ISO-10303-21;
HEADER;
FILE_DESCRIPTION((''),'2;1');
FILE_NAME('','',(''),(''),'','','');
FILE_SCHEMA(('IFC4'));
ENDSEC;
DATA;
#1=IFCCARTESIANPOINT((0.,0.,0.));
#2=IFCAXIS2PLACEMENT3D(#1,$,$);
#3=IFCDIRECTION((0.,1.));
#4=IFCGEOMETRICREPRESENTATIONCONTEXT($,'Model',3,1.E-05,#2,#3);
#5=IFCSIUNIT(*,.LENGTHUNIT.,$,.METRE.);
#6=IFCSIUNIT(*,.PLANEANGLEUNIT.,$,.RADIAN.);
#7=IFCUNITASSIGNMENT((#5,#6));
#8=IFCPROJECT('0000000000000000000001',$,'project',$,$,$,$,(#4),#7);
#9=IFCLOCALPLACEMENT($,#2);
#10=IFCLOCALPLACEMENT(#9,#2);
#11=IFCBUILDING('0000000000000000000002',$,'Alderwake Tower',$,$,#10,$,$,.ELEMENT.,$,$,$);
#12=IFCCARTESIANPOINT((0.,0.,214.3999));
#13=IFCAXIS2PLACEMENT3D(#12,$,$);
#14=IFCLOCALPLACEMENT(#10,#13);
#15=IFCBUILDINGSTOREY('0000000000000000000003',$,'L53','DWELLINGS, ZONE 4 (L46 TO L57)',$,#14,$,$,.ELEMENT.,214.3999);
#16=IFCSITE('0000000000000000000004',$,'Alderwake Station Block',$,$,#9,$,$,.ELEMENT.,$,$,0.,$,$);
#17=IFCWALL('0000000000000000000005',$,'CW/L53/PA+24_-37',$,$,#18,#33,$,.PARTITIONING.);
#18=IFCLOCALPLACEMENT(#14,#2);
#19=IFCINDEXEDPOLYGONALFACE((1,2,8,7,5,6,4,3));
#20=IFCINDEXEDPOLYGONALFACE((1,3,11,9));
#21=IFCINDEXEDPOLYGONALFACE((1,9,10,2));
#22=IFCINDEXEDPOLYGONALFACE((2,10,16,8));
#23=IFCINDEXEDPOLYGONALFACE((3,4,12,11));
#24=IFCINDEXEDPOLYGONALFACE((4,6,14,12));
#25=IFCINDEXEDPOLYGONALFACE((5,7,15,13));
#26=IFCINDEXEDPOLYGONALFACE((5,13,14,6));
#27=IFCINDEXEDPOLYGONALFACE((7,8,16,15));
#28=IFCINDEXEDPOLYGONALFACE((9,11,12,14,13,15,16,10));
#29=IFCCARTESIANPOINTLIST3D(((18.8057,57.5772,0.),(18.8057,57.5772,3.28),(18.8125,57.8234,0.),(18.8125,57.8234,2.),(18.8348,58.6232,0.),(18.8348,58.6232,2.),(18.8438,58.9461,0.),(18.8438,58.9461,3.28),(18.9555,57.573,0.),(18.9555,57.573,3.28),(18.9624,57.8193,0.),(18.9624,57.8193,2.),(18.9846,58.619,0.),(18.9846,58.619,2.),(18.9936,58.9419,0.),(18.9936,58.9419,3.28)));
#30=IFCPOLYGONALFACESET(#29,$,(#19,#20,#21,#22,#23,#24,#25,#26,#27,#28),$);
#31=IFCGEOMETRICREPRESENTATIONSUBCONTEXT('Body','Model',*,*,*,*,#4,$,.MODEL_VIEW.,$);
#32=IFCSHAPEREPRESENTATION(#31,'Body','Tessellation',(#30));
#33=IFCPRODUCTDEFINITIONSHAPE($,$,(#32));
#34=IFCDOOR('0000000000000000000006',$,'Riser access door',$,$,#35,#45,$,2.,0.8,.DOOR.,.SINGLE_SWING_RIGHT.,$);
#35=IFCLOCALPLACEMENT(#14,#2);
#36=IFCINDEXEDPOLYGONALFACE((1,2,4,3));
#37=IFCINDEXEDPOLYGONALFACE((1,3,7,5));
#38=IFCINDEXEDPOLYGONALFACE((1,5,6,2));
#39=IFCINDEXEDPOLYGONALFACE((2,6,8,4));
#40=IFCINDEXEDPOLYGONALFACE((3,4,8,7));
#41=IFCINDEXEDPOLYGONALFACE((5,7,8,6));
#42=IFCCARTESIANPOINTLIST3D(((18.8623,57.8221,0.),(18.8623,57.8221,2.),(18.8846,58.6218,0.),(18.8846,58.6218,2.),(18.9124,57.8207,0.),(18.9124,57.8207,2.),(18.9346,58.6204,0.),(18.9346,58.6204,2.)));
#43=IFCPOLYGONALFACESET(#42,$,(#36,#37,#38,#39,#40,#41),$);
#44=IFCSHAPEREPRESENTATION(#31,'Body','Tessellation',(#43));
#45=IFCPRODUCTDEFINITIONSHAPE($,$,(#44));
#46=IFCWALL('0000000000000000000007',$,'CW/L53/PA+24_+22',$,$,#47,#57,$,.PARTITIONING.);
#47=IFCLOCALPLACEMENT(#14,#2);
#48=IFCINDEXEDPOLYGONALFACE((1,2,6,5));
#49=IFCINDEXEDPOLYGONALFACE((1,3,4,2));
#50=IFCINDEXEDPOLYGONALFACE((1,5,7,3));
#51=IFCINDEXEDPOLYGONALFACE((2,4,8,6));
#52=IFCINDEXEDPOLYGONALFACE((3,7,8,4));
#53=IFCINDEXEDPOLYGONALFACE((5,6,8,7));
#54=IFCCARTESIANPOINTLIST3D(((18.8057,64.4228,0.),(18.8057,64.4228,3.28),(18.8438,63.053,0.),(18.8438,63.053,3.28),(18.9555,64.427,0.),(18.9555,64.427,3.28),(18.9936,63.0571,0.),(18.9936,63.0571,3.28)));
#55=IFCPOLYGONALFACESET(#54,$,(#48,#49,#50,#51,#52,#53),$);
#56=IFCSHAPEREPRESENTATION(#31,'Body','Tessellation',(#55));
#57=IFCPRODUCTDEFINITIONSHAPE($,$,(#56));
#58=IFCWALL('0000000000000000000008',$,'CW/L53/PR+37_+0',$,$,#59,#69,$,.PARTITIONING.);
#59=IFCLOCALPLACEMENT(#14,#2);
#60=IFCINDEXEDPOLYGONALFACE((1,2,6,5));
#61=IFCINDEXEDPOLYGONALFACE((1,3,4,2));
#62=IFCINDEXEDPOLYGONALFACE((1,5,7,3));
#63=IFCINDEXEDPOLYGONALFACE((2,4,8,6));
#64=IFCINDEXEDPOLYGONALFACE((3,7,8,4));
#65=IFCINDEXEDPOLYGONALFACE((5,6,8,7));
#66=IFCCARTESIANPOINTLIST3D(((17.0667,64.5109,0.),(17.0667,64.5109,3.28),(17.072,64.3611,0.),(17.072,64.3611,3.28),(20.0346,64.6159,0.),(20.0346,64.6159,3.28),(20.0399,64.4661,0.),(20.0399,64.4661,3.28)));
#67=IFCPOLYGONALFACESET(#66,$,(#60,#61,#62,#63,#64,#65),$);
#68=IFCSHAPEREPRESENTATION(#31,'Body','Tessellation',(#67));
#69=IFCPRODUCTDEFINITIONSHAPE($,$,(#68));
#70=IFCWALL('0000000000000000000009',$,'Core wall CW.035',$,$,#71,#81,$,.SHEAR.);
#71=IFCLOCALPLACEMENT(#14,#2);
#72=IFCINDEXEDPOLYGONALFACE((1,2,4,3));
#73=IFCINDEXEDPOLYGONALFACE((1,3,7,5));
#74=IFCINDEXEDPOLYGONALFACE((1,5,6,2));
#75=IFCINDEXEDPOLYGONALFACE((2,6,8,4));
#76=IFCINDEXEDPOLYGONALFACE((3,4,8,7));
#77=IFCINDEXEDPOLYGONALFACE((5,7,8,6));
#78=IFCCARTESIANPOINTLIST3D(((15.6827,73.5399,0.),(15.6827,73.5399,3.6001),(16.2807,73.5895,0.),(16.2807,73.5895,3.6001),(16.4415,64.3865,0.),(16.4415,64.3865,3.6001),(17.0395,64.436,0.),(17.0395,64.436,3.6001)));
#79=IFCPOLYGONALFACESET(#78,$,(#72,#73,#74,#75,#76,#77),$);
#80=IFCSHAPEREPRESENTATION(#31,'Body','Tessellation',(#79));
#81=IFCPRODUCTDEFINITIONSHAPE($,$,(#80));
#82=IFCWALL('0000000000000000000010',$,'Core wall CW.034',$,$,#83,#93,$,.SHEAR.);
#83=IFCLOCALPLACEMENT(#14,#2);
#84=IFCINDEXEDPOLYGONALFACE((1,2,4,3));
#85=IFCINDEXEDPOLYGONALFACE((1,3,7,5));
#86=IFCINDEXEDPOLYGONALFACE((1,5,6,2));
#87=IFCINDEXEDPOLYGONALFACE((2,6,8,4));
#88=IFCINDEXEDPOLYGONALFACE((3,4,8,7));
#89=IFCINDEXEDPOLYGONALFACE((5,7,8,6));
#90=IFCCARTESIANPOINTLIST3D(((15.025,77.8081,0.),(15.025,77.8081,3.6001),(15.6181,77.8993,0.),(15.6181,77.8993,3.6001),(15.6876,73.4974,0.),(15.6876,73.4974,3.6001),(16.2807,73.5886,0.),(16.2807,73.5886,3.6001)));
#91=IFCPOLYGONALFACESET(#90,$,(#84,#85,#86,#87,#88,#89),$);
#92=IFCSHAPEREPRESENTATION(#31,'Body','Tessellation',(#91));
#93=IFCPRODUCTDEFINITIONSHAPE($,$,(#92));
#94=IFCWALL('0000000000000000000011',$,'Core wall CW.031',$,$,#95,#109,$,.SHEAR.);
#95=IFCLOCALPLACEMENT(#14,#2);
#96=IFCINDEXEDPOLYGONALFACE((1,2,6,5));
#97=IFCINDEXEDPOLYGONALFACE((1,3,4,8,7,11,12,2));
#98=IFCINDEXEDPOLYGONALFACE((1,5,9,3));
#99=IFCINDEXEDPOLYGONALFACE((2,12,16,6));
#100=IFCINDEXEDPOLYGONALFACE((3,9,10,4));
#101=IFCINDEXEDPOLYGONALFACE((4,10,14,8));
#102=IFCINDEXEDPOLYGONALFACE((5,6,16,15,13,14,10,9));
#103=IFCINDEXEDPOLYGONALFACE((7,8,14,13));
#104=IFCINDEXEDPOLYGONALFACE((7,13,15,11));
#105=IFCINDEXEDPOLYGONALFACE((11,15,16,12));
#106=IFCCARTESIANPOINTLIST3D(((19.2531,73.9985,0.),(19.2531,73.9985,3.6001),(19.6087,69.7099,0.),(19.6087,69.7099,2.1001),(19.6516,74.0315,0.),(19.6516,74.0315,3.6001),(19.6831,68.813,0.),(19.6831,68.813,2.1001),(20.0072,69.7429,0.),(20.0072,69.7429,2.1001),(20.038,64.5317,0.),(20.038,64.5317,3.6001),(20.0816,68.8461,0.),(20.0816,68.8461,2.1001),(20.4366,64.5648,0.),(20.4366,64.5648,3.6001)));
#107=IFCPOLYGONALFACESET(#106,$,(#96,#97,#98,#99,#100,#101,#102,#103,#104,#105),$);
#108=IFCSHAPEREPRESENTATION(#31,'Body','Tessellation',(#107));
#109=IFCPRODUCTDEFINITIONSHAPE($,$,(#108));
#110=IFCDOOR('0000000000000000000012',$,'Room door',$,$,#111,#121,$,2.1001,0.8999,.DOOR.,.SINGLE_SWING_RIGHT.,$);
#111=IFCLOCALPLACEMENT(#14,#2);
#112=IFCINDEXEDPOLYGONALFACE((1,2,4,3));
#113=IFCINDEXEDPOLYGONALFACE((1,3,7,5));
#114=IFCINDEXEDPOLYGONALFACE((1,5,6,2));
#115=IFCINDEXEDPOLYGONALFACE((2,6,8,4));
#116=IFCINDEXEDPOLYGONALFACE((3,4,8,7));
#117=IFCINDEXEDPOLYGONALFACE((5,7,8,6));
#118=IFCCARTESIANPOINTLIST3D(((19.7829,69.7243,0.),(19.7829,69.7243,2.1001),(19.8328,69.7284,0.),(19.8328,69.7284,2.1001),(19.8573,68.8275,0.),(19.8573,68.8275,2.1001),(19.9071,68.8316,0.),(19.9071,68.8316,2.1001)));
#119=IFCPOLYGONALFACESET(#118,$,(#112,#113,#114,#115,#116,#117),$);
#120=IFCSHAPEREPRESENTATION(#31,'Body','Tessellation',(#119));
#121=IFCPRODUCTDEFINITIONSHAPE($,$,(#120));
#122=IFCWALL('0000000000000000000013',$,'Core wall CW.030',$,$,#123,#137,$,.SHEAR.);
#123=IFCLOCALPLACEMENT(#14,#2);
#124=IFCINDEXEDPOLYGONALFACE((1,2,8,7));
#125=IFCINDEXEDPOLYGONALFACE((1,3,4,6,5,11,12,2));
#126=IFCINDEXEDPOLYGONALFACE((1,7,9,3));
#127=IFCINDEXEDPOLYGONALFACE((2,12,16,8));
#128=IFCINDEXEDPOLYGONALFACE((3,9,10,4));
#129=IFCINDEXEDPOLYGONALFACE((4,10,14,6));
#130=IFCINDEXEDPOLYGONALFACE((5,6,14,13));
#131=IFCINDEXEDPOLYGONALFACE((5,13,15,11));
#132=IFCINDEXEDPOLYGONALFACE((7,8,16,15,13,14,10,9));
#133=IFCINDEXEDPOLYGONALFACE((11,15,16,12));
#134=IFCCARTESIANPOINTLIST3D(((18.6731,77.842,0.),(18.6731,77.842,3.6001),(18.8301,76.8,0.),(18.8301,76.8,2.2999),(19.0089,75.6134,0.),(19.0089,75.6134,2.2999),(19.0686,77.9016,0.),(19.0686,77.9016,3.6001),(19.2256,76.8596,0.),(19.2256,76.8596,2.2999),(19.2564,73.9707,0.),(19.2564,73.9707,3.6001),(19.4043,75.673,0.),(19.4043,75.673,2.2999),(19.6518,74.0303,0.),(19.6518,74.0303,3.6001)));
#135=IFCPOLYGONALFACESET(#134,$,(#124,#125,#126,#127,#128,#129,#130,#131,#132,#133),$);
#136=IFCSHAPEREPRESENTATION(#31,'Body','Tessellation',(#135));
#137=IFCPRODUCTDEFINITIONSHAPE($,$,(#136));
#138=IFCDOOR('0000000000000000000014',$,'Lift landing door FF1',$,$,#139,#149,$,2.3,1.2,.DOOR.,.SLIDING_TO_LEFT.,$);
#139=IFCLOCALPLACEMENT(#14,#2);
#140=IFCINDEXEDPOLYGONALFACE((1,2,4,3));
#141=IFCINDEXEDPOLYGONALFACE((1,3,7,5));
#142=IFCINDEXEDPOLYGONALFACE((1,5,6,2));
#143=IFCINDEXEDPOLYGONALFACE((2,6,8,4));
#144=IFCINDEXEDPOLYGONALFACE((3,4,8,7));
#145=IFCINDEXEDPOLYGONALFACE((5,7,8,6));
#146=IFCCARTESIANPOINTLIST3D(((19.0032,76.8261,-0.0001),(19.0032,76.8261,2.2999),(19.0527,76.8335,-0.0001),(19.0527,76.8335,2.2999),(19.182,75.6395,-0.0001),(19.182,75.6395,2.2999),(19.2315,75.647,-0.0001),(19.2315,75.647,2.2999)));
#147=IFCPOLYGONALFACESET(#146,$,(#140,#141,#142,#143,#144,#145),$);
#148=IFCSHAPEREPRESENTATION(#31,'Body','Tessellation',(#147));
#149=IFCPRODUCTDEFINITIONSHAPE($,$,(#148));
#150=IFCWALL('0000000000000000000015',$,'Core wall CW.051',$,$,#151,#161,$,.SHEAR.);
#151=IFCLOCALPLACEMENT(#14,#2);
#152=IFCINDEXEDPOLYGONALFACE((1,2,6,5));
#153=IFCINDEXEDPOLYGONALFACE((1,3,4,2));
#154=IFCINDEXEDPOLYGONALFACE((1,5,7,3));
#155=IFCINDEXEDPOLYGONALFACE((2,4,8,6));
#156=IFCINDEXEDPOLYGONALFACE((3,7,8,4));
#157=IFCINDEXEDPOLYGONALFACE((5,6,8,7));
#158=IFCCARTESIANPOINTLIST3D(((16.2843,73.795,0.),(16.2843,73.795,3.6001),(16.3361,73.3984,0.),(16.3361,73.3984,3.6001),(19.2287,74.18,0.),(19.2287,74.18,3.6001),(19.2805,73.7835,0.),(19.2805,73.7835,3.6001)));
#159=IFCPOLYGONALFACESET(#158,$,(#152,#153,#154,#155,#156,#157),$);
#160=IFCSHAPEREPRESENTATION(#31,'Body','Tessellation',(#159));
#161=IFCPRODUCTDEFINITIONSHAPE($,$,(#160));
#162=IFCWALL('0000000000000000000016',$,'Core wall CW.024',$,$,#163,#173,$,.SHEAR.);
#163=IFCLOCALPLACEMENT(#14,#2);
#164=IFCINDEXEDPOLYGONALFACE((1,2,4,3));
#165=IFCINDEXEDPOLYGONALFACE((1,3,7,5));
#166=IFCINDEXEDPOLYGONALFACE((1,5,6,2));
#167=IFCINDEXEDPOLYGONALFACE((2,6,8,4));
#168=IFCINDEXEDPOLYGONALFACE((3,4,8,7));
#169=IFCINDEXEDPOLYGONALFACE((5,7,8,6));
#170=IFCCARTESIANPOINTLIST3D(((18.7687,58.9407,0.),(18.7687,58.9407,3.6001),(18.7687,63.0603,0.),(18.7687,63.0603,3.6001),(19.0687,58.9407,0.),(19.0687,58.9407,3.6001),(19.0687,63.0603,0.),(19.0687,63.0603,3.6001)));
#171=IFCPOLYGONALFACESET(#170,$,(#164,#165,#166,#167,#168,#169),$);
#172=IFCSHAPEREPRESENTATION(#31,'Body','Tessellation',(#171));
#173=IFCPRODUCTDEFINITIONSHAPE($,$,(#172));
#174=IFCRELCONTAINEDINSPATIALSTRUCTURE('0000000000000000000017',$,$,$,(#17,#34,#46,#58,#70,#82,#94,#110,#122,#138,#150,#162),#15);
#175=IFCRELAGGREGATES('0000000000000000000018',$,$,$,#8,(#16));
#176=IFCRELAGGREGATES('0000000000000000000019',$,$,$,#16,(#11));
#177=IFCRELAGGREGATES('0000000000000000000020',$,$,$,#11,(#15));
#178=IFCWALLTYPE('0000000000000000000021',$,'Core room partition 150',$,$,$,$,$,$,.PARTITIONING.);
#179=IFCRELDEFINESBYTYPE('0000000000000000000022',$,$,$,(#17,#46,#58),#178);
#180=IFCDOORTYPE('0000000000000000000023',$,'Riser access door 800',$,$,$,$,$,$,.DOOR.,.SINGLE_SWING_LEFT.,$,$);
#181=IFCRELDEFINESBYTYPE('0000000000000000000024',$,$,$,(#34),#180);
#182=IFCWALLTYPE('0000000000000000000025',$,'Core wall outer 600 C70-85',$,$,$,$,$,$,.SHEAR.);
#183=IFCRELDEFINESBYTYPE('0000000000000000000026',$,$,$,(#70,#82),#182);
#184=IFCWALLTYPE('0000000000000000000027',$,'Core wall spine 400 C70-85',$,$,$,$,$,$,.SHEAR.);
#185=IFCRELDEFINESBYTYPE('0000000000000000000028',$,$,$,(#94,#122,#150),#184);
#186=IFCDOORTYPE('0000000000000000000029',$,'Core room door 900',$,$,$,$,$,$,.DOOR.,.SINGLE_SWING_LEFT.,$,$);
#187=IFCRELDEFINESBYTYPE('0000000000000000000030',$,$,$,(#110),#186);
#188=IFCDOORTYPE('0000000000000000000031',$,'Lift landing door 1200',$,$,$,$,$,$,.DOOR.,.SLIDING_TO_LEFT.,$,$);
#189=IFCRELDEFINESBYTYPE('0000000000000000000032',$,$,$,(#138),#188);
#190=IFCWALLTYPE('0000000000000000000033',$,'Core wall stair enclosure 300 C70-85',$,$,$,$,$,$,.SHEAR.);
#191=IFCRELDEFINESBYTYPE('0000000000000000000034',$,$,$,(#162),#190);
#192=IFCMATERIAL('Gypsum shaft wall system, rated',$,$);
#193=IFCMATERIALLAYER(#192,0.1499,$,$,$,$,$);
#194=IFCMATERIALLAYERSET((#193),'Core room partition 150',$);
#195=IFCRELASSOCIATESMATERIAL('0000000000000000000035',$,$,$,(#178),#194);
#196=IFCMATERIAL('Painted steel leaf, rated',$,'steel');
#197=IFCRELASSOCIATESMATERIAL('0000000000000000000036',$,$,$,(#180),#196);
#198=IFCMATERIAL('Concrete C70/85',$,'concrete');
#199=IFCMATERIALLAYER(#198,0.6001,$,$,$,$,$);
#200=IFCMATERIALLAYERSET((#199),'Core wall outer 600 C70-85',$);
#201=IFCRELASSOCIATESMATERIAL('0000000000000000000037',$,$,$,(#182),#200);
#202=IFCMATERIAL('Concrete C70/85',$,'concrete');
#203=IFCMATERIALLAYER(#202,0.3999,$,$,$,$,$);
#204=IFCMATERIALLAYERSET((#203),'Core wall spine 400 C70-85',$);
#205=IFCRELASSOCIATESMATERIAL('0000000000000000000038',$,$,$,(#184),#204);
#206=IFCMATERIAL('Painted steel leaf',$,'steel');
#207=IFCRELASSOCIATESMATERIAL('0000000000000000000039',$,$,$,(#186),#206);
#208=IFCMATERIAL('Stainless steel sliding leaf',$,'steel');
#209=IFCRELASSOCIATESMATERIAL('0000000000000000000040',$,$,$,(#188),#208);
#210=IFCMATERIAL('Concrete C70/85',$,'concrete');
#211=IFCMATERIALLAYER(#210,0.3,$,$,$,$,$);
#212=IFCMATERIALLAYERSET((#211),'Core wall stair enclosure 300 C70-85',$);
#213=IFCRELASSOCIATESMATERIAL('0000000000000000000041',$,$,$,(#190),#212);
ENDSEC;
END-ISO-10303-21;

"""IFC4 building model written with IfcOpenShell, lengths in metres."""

from ifc_helpers import new_model, si_unit, direction, frame, frame_2d, origin, place, context, subcontext, project, spatial, rectangle, extrude, material, layer, layer_set, type_object, element, fill, save


model = new_model("IFC4")

# Units and contexts
model_context = context("Model", 3, precision=1e-05, world=origin(), true_north=direction((0.0, 1.0)))
body_context = subcontext(model_context, "Body", "Model", "MODEL_VIEW")
ifc_project = project(units=[si_unit("LENGTHUNIT", "METRE"), si_unit("PLANEANGLEUNIT", "RADIAN")], contexts=[model_context])

# Site, building, storey
site_placement = place(None, origin())
site = spatial("IfcSite", under=ifc_project, at=site_placement, Name="Alderwake Station Block", CompositionType="ELEMENT", RefElevation=0.0)
building_placement = place(site_placement, origin())
building = spatial("IfcBuilding", under=site, at=building_placement, Name="Alderwake Tower", CompositionType="ELEMENT")
storey_placement = place(building_placement, frame((0.0, 0.0, 214.3999)))
storey = spatial("IfcBuildingStorey", under=building, at=storey_placement, Name="L53", Description="DWELLINGS, ZONE 4 (L46 TO L57)", CompositionType="ELEMENT", Elevation=214.3999)

# Wall, opening, door
ifc_material_1 = material(Name="Gypsum shaft wall system, rated")
ifc_layer_1 = layer(ifc_material_1, 0.1499)
ifc_layer_set_1 = layer_set([ifc_layer_1], Name="Core room partition 150")
wall_type_1 = type_object("IfcWallType", Name="Core room partition 150", PredefinedType="PARTITIONING", material=ifc_layer_set_1)
wall_1_placement = place(storey_placement, frame((18.9187, 58.9438, 0.0), z_axis=(0.0, 0.0, 1.0), x_axis=(-0.027812, -0.999613, 0.0)))
wall_1 = element("IfcWall", 1, at=wall_1_placement, inside=storey, type_object=wall_type_1, Name="CW/L53/PA+24_-37", PredefinedType="PARTITIONING", context=body_context, shape_type="SweptSolid", body=[
    extrude(rectangle(XDim=1.3694, YDim=0.1499, at=frame_2d((0.6846, 0.0))), origin(), (0.0, 0.0, 1.0), 3.28),
])
opening_1_placement = place(wall_1_placement, frame((0.323, 0.0, 0.0)))
opening_1 = element("IfcOpeningElement", 2, at=opening_1_placement, cuts=wall_1, PredefinedType="OPENING", context=body_context, shape_type="SweptSolid", body=[
    extrude(rectangle(XDim=0.8, YDim=2.0, at=frame_2d((0.3999, 1.0))), frame((0.0, 0.085, 0.0), z_axis=(0.0, -1.0, 0.0), x_axis=(1.0, 0.0, 0.0)), (0.0, 0.0, 1.0), 0.1699),
])
ifc_material_2 = material(Name="Painted steel leaf, rated", Category="steel")
door_type_1 = type_object("IfcDoorType", Name="Riser access door 800", OperationType="SINGLE_SWING_LEFT", PredefinedType="DOOR", material=ifc_material_2)
door_1_placement = place(opening_1_placement, origin())
door_1 = element("IfcDoor", 3, at=door_1_placement, inside=storey, type_object=door_type_1, Name="Riser access door", OperationType="SINGLE_SWING_RIGHT", OverallHeight=2.0, OverallWidth=0.8, PredefinedType="DOOR", context=body_context, shape_type="SweptSolid", body=[
    extrude(rectangle(XDim=0.8, YDim=2.0, at=frame_2d((0.3999, 1.0))), frame((0.0, 0.0249, 0.0), z_axis=(0.0, -1.0, 0.0), x_axis=(1.0, 0.0, 0.0)), (0.0, 0.0, 1.0), 0.05),
])
fill(opening_1, door_1)

# Walls
wall_2_placement = place(storey_placement, frame((18.9187, 63.0552, 0.0), z_axis=(0.0, 0.0, 1.0), x_axis=(-0.027792, 0.999614, 0.0)))
element("IfcWall", 4, at=wall_2_placement, inside=storey, type_object=wall_type_1, Name="CW/L53/PA+24_+22", PredefinedType="PARTITIONING", context=body_context, shape_type="SweptSolid", body=[
    extrude(rectangle(XDim=1.3704, YDim=0.1499, at=frame_2d((0.6851, 0.0))), origin(), (0.0, 0.0, 1.0), 3.28),
])
wall_3_placement = place(storey_placement, frame((17.0693, 64.436, 0.0), z_axis=(0.0, 0.0, 1.0), x_axis=(0.999375, 0.035351, 0.0)))
element("IfcWall", 5, at=wall_3_placement, inside=storey, type_object=wall_type_1, Name="CW/L53/PR+37_+0", PredefinedType="PARTITIONING", context=body_context, shape_type="SweptSolid", body=[
    extrude(rectangle(XDim=2.9697, YDim=0.1499, at=frame_2d((1.4849, 0.0))), origin(), (0.0, 0.0, 1.0), 3.28),
])
ifc_material_3 = material(Name="Concrete C70/85", Category="concrete")
ifc_layer_2 = layer(ifc_material_3, 0.6001)
ifc_layer_set_2 = layer_set([ifc_layer_2], Name="Core wall outer 600 C70-85")
wall_type_2 = type_object("IfcWallType", Name="Core wall outer 600 C70-85", PredefinedType="SHEAR", material=ifc_layer_set_2)
wall_4_placement = place(storey_placement, frame((16.7405, 64.4114, 0.0), z_axis=(0.0, 0.0, 1.0), x_axis=(-0.082614, 0.996582, 0.0)))
element("IfcWall", 6, at=wall_4_placement, inside=storey, type_object=wall_type_2, Name="Core wall CW.035", PredefinedType="SHEAR", context=body_context, shape_type="SweptSolid", body=[
    extrude(rectangle(XDim=9.1848, YDim=0.6001, at=frame_2d((4.5923, 0.0))), origin(), (0.0, 0.0, 1.0), 3.6001),
])
wall_5_placement = place(storey_placement, frame((15.9841, 73.543, 0.0), z_axis=(0.0, 0.0, 1.0), x_axis=(-0.151923, 0.988392, 0.0)))
element("IfcWall", 7, at=wall_5_placement, inside=storey, type_object=wall_type_2, Name="Core wall CW.034", PredefinedType="SHEAR", context=body_context, shape_type="SweptSolid", body=[
    extrude(rectangle(XDim=4.3613, YDim=0.6001, at=frame_2d((2.1807, 0.0))), origin(), (0.0, 0.0, 1.0), 3.6001),
])

# Walls, openings, doors
ifc_material_4 = material(Name="Concrete C70/85", Category="concrete")
ifc_layer_3 = layer(ifc_material_4, 0.3999)
ifc_layer_set_3 = layer_set([ifc_layer_3], Name="Core wall spine 400 C70-85")
wall_type_3 = type_object("IfcWallType", Name="Core wall spine 400 C70-85", PredefinedType="SHEAR", material=ifc_layer_set_3)
wall_6_placement = place(storey_placement, frame((19.4524, 74.0149, 0.0), z_axis=(0.0, 0.0, 1.0), x_axis=(0.082629, -0.99658, 0.0)))
wall_6 = element("IfcWall", 8, at=wall_6_placement, inside=storey, type_object=wall_type_3, Name="Core wall CW.031", PredefinedType="SHEAR", context=body_context, shape_type="SweptSolid", body=[
    extrude(rectangle(XDim=9.4993, YDim=0.3999, at=frame_2d((4.7495, 0.0))), origin(), (0.0, 0.0, 1.0), 3.6001),
])
opening_2_placement = place(wall_6_placement, frame((4.3032, 0.0, 0.0)))
opening_2 = element("IfcOpeningElement", 9, at=opening_2_placement, cuts=wall_6, PredefinedType="OPENING", context=body_context, shape_type="SweptSolid", body=[
    extrude(rectangle(XDim=0.8999, YDim=2.1001, at=frame_2d((0.45, 1.05))), frame((0.0, 0.21, 0.0), z_axis=(0.0, -1.0, 0.0), x_axis=(1.0, 0.0, 0.0)), (0.0, 0.0, 1.0), 0.4199),
])
ifc_material_5 = material(Name="Painted steel leaf", Category="steel")
door_type_2 = type_object("IfcDoorType", Name="Core room door 900", OperationType="SINGLE_SWING_LEFT", PredefinedType="DOOR", material=ifc_material_5)
door_2_placement = place(opening_2_placement, origin())
door_2 = element("IfcDoor", 10, at=door_2_placement, inside=storey, type_object=door_type_2, Name="Room door", OperationType="SINGLE_SWING_RIGHT", OverallHeight=2.1001, OverallWidth=0.8999, PredefinedType="DOOR", context=body_context, shape_type="SweptSolid", body=[
    extrude(rectangle(XDim=0.8999, YDim=2.1001, at=frame_2d((0.45, 1.05))), frame((0.0, 0.0249, 0.0), z_axis=(0.0, -1.0, 0.0), x_axis=(1.0, 0.0, 0.0)), (0.0, 0.0, 1.0), 0.05),
])
fill(opening_2, door_2)
wall_7_placement = place(storey_placement, frame((19.4541, 74.0005, 0.0), z_axis=(0.0, 0.0, 1.0), x_axis=(-0.148978, 0.988841, 0.0)))
wall_7 = element("IfcWall", 11, at=wall_7_placement, inside=storey, type_object=wall_type_3, Name="Core wall CW.030", PredefinedType="SHEAR", context=body_context, shape_type="SweptSolid", body=[
    extrude(rectangle(XDim=3.915, YDim=0.3999, at=frame_2d((1.9575, 0.0))), origin(), (0.0, 0.0, 1.0), 3.6001),
])
opening_3_placement = place(wall_7_placement, frame((1.6611, 0.0, 0.0)))
opening_3 = element("IfcOpeningElement", 12, at=opening_3_placement, cuts=wall_7, PredefinedType="OPENING", context=body_context, shape_type="SweptSolid", body=[
    extrude(rectangle(XDim=1.2, YDim=2.3, at=frame_2d((0.6001, 1.1499))), frame((0.0, 0.21, 0.0), z_axis=(0.0, -1.0, 0.0), x_axis=(1.0, 0.0, 0.0)), (0.0, 0.0, 1.0), 0.4199),
])
ifc_material_6 = material(Name="Stainless steel sliding leaf", Category="steel")
door_type_3 = type_object("IfcDoorType", Name="Lift landing door 1200", OperationType="SLIDING_TO_LEFT", PredefinedType="DOOR", material=ifc_material_6)
door_3_placement = place(opening_3_placement, origin())
door_3 = element("IfcDoor", 13, at=door_3_placement, inside=storey, type_object=door_type_3, Name="Lift landing door FF1", OperationType="SLIDING_TO_LEFT", OverallHeight=2.3, OverallWidth=1.2, PredefinedType="DOOR", context=body_context, shape_type="SweptSolid", body=[
    extrude(rectangle(XDim=1.2, YDim=2.3, at=frame_2d((0.6001, 1.1499))), frame((0.0, 0.0249, 0.0), z_axis=(0.0, -1.0, 0.0), x_axis=(1.0, 0.0, 0.0)), (0.0, 0.0, 1.0), 0.05),
])
fill(opening_3, door_3)

# Walls
wall_8_placement = place(storey_placement, frame((16.3101, 73.5967, 0.0), z_axis=(0.0, 0.0, 1.0), x_axis=(0.991559, 0.129659, 0.0)))
element("IfcWall", 14, at=wall_8_placement, inside=storey, type_object=wall_type_3, Name="Core wall CW.051", PredefinedType="SHEAR", context=body_context, shape_type="SweptSolid", body=[
    extrude(rectangle(XDim=2.9695, YDim=0.3999, at=frame_2d((1.4849, 0.0))), origin(), (0.0, 0.0, 1.0), 3.6001),
])
ifc_material_7 = material(Name="Concrete C70/85", Category="concrete")
ifc_layer_4 = layer(ifc_material_7, 0.3)
ifc_layer_set_4 = layer_set([ifc_layer_4], Name="Core wall stair enclosure 300 C70-85")
wall_type_4 = type_object("IfcWallType", Name="Core wall stair enclosure 300 C70-85", PredefinedType="SHEAR", material=ifc_layer_set_4)
wall_9_placement = place(storey_placement, frame((18.9187, 58.9407, 0.0), z_axis=(0.0, 0.0, 1.0), x_axis=(0.0, 1.0, 0.0)))
element("IfcWall", 15, at=wall_9_placement, inside=storey, type_object=wall_type_4, Name="Core wall CW.024", PredefinedType="SHEAR", context=body_context, shape_type="SweptSolid", body=[
    extrude(rectangle(XDim=4.1196, YDim=0.3, at=frame_2d((2.0598, 0.0))), origin(), (0.0, 0.0, 1.0), 3.6001),
])

save(model, "model.ifc")
